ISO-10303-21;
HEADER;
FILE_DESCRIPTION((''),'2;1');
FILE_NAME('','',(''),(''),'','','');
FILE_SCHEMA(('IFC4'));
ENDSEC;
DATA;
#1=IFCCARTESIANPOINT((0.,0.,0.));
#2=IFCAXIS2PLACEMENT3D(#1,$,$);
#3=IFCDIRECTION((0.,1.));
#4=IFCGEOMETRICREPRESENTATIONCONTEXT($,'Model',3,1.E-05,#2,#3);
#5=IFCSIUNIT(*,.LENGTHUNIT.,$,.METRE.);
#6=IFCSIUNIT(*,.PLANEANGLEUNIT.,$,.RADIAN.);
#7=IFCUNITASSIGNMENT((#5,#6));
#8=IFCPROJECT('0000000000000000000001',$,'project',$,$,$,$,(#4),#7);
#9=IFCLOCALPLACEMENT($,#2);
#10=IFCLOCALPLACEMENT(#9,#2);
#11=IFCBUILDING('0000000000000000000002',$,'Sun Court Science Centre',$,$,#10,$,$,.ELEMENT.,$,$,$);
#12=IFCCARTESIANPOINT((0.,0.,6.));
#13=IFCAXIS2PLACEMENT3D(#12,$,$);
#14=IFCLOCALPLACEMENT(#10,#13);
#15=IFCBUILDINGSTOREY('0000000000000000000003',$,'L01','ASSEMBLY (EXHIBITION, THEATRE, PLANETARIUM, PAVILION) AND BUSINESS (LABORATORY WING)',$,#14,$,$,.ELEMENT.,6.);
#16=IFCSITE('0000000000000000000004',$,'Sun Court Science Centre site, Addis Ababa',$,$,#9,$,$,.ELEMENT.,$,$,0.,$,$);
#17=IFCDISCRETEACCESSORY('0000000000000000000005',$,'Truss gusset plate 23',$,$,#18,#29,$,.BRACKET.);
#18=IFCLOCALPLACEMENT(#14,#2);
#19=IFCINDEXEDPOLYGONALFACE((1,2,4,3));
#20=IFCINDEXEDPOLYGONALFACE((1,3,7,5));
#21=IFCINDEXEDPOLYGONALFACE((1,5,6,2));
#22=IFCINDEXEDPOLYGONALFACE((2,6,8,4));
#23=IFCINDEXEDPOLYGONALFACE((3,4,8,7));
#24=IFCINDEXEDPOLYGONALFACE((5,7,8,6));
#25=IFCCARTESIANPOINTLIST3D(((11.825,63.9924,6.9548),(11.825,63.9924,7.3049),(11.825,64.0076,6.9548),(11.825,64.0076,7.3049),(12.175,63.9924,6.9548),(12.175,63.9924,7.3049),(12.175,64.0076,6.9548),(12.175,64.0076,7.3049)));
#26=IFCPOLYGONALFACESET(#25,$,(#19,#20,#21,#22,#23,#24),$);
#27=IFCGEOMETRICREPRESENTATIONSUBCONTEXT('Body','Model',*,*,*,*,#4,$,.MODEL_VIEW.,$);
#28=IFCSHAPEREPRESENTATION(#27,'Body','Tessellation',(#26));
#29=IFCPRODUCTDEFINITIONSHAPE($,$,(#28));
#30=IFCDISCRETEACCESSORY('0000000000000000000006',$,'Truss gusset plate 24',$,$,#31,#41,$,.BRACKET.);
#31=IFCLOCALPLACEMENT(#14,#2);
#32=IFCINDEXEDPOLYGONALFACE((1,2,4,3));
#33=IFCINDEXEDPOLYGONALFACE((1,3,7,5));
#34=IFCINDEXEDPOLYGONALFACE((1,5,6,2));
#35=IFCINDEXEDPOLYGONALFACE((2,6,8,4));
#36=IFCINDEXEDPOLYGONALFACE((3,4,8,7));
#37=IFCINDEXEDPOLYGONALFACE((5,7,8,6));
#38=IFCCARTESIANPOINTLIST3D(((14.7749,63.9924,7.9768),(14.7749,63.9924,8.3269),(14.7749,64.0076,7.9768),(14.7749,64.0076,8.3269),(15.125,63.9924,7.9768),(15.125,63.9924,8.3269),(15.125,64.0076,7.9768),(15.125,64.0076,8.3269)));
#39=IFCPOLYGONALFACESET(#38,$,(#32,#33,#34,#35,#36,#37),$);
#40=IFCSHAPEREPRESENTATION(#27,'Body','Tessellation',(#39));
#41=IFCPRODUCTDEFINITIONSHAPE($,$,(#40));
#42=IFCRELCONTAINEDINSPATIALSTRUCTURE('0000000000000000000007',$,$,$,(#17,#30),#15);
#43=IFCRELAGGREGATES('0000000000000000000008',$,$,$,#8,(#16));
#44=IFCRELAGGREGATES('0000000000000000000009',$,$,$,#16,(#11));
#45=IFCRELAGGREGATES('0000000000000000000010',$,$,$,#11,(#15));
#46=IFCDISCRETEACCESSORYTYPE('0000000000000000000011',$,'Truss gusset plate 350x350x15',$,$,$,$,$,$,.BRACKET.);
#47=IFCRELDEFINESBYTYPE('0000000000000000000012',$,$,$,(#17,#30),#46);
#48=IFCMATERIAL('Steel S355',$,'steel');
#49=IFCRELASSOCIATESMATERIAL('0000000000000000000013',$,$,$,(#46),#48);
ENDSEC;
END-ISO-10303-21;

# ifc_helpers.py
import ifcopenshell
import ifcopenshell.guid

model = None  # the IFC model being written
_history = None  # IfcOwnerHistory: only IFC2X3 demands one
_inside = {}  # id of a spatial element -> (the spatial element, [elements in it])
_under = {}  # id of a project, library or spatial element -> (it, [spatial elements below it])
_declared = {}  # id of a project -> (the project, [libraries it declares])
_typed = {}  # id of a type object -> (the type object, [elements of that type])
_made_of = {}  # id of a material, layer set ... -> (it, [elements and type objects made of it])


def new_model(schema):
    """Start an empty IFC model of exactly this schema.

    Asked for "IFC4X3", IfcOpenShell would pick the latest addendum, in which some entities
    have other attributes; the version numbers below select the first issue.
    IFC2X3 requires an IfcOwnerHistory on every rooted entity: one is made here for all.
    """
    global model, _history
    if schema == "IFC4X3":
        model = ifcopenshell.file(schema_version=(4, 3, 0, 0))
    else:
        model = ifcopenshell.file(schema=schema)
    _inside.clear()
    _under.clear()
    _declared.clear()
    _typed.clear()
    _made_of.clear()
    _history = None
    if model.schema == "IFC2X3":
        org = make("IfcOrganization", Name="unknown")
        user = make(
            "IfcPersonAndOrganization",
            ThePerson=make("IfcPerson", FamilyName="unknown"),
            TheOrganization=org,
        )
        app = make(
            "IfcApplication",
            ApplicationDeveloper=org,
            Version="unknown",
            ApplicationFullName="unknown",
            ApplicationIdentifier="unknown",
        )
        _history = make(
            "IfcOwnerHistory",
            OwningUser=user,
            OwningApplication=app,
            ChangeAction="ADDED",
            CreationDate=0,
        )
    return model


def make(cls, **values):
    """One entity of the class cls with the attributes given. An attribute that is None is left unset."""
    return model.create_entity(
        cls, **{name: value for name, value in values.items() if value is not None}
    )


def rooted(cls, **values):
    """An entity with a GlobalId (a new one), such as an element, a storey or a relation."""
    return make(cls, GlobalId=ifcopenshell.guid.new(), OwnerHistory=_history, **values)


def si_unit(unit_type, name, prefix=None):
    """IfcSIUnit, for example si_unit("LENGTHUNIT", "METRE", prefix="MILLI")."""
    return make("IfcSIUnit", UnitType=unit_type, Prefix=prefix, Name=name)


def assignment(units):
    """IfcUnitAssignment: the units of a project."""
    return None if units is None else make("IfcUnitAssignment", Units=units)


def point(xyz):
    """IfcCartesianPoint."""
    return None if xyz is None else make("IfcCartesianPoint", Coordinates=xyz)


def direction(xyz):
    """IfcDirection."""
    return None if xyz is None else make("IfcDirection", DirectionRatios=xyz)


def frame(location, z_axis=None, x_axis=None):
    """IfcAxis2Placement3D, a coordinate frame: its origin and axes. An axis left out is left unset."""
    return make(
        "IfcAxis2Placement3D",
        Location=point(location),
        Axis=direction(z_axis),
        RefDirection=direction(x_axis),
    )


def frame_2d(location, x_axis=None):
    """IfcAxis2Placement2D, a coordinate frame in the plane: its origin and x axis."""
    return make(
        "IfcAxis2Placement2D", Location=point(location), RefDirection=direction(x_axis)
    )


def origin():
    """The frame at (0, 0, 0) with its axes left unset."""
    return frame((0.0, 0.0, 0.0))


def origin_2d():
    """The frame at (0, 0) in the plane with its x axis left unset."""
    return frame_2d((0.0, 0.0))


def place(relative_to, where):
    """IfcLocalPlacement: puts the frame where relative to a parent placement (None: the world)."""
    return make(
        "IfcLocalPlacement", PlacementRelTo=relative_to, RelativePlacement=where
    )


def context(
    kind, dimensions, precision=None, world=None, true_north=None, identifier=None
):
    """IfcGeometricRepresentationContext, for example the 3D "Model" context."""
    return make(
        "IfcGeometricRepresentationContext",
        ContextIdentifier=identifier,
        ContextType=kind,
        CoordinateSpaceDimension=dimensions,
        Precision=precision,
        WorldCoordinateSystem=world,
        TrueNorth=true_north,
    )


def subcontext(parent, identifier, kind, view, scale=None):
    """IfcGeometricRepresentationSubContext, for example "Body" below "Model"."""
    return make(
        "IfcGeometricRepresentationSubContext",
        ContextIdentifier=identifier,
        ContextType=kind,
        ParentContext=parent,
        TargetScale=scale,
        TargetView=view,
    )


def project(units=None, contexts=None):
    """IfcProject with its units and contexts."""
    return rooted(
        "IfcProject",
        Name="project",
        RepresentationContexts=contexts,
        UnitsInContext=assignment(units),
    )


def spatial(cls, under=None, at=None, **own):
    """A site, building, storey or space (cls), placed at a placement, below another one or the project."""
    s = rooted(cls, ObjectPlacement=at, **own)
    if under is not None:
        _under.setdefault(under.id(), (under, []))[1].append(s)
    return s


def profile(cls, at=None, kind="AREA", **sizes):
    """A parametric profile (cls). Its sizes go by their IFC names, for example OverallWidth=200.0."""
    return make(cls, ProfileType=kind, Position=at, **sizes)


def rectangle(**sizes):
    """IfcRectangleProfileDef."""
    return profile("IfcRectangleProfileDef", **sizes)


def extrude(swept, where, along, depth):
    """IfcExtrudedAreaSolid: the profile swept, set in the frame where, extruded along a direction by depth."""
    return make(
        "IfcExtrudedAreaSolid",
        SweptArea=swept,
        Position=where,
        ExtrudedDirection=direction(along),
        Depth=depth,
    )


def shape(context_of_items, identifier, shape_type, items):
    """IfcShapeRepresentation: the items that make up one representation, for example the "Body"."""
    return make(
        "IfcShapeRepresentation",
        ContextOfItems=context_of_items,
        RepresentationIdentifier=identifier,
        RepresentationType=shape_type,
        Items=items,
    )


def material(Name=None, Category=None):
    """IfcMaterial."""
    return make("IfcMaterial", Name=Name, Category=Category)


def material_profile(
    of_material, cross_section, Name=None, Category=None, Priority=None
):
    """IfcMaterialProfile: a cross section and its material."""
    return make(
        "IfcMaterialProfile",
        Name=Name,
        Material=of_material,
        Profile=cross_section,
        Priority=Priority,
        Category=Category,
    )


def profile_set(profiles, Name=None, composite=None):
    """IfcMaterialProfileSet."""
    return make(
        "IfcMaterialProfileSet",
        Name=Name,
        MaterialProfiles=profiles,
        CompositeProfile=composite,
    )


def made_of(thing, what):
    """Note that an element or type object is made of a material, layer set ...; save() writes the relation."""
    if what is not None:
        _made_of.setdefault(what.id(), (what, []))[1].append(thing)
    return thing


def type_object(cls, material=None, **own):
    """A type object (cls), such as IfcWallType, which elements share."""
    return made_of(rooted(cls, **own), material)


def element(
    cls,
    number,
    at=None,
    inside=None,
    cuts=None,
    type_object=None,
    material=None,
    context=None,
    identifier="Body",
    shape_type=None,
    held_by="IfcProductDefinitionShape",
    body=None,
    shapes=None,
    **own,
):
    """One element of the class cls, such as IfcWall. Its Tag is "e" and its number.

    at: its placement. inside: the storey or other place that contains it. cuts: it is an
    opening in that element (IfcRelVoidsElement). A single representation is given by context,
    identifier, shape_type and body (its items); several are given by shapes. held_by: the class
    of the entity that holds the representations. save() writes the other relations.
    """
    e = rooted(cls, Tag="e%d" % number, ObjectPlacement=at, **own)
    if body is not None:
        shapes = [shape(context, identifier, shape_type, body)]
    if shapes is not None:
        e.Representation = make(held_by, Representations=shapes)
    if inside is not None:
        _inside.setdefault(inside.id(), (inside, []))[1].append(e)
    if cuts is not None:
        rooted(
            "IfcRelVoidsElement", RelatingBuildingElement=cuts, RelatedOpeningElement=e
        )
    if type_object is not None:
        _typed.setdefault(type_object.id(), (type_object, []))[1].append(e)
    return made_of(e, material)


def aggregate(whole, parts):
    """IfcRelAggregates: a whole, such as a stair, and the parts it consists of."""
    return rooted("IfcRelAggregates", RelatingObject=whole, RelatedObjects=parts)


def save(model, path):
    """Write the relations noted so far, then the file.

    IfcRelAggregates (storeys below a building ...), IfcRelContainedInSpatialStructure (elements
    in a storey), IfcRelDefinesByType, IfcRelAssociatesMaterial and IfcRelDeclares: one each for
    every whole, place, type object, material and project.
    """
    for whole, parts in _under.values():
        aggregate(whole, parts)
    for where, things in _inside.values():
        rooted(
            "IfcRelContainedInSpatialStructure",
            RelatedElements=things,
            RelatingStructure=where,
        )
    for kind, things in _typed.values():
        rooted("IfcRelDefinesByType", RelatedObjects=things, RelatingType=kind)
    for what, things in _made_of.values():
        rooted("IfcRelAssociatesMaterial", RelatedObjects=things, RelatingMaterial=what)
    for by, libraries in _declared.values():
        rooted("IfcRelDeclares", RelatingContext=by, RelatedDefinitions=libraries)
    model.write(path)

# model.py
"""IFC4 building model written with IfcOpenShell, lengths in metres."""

from ifc_helpers import new_model, si_unit, direction, frame, origin, origin_2d, place, context, subcontext, project, spatial, rectangle, extrude, material, material_profile, profile_set, type_object, element, save


model = new_model("IFC4")

# Units and contexts
model_context = context("Model", 3, precision=1e-05, world=origin(), true_north=direction((0.0, 1.0)))
body_context = subcontext(model_context, "Body", "Model", "MODEL_VIEW")
ifc_project = project(units=[si_unit("LENGTHUNIT", "METRE"), si_unit("PLANEANGLEUNIT", "RADIAN")], contexts=[model_context])

# Site, building, storey
site_placement = place(None, origin())
site = spatial("IfcSite", under=ifc_project, at=site_placement, Name="Sun Court Science Centre site, Addis Ababa", CompositionType="ELEMENT", RefElevation=0.0)
building_placement = place(site_placement, origin())
building = spatial("IfcBuilding", under=site, at=building_placement, Name="Sun Court Science Centre", CompositionType="ELEMENT")
storey_placement = place(building_placement, frame((0.0, 0.0, 6.0)))
storey = spatial("IfcBuildingStorey", under=building, at=storey_placement, Name="L01", Description="ASSEMBLY (EXHIBITION, THEATRE, PLANETARIUM, PAVILION) AND BUSINESS (LABORATORY WING)", CompositionType="ELEMENT", Elevation=6.0)

# Discrete accessories
ifc_material_1 = material(Name="Steel S355", Category="steel")
ifc_material_profile_1 = material_profile(ifc_material_1, rectangle(XDim=0.3501, YDim=0.3501, at=origin_2d()), Name="PL 350x350")
ifc_profile_set_1 = profile_set([ifc_material_profile_1], Name="Steel S355")
discrete_accessory_type_1 = type_object("IfcDiscreteAccessoryType", Name="Truss gusset plate 350x350x15", PredefinedType="BRACKET", material=ifc_profile_set_1)
for number, where, z_axis, x_axis, name in (
    (1, (12.0, 63.9924, 7.1299), (0.0, 1.0, 0.0), (-1.0, 0.0, 0.0), "Truss gusset plate 23"),
    (2, (14.95, 63.9924, 8.1519), (0.0, 1.0, 0.0), (-1.0, 0.0, 0.0), "Truss gusset plate 24"),
):
    element("IfcDiscreteAccessory", number, at=place(storey_placement, frame(where, z_axis=z_axis, x_axis=x_axis)), inside=storey, type_object=discrete_accessory_type_1, Name=name, PredefinedType="BRACKET", context=body_context, shape_type="SweptSolid", body=[
        extrude(rectangle(XDim=0.3501, YDim=0.3501, at=origin_2d()), origin(), (0.0, 0.0, 1.0), 0.0151),
    ])

save(model, "model.ifc")
